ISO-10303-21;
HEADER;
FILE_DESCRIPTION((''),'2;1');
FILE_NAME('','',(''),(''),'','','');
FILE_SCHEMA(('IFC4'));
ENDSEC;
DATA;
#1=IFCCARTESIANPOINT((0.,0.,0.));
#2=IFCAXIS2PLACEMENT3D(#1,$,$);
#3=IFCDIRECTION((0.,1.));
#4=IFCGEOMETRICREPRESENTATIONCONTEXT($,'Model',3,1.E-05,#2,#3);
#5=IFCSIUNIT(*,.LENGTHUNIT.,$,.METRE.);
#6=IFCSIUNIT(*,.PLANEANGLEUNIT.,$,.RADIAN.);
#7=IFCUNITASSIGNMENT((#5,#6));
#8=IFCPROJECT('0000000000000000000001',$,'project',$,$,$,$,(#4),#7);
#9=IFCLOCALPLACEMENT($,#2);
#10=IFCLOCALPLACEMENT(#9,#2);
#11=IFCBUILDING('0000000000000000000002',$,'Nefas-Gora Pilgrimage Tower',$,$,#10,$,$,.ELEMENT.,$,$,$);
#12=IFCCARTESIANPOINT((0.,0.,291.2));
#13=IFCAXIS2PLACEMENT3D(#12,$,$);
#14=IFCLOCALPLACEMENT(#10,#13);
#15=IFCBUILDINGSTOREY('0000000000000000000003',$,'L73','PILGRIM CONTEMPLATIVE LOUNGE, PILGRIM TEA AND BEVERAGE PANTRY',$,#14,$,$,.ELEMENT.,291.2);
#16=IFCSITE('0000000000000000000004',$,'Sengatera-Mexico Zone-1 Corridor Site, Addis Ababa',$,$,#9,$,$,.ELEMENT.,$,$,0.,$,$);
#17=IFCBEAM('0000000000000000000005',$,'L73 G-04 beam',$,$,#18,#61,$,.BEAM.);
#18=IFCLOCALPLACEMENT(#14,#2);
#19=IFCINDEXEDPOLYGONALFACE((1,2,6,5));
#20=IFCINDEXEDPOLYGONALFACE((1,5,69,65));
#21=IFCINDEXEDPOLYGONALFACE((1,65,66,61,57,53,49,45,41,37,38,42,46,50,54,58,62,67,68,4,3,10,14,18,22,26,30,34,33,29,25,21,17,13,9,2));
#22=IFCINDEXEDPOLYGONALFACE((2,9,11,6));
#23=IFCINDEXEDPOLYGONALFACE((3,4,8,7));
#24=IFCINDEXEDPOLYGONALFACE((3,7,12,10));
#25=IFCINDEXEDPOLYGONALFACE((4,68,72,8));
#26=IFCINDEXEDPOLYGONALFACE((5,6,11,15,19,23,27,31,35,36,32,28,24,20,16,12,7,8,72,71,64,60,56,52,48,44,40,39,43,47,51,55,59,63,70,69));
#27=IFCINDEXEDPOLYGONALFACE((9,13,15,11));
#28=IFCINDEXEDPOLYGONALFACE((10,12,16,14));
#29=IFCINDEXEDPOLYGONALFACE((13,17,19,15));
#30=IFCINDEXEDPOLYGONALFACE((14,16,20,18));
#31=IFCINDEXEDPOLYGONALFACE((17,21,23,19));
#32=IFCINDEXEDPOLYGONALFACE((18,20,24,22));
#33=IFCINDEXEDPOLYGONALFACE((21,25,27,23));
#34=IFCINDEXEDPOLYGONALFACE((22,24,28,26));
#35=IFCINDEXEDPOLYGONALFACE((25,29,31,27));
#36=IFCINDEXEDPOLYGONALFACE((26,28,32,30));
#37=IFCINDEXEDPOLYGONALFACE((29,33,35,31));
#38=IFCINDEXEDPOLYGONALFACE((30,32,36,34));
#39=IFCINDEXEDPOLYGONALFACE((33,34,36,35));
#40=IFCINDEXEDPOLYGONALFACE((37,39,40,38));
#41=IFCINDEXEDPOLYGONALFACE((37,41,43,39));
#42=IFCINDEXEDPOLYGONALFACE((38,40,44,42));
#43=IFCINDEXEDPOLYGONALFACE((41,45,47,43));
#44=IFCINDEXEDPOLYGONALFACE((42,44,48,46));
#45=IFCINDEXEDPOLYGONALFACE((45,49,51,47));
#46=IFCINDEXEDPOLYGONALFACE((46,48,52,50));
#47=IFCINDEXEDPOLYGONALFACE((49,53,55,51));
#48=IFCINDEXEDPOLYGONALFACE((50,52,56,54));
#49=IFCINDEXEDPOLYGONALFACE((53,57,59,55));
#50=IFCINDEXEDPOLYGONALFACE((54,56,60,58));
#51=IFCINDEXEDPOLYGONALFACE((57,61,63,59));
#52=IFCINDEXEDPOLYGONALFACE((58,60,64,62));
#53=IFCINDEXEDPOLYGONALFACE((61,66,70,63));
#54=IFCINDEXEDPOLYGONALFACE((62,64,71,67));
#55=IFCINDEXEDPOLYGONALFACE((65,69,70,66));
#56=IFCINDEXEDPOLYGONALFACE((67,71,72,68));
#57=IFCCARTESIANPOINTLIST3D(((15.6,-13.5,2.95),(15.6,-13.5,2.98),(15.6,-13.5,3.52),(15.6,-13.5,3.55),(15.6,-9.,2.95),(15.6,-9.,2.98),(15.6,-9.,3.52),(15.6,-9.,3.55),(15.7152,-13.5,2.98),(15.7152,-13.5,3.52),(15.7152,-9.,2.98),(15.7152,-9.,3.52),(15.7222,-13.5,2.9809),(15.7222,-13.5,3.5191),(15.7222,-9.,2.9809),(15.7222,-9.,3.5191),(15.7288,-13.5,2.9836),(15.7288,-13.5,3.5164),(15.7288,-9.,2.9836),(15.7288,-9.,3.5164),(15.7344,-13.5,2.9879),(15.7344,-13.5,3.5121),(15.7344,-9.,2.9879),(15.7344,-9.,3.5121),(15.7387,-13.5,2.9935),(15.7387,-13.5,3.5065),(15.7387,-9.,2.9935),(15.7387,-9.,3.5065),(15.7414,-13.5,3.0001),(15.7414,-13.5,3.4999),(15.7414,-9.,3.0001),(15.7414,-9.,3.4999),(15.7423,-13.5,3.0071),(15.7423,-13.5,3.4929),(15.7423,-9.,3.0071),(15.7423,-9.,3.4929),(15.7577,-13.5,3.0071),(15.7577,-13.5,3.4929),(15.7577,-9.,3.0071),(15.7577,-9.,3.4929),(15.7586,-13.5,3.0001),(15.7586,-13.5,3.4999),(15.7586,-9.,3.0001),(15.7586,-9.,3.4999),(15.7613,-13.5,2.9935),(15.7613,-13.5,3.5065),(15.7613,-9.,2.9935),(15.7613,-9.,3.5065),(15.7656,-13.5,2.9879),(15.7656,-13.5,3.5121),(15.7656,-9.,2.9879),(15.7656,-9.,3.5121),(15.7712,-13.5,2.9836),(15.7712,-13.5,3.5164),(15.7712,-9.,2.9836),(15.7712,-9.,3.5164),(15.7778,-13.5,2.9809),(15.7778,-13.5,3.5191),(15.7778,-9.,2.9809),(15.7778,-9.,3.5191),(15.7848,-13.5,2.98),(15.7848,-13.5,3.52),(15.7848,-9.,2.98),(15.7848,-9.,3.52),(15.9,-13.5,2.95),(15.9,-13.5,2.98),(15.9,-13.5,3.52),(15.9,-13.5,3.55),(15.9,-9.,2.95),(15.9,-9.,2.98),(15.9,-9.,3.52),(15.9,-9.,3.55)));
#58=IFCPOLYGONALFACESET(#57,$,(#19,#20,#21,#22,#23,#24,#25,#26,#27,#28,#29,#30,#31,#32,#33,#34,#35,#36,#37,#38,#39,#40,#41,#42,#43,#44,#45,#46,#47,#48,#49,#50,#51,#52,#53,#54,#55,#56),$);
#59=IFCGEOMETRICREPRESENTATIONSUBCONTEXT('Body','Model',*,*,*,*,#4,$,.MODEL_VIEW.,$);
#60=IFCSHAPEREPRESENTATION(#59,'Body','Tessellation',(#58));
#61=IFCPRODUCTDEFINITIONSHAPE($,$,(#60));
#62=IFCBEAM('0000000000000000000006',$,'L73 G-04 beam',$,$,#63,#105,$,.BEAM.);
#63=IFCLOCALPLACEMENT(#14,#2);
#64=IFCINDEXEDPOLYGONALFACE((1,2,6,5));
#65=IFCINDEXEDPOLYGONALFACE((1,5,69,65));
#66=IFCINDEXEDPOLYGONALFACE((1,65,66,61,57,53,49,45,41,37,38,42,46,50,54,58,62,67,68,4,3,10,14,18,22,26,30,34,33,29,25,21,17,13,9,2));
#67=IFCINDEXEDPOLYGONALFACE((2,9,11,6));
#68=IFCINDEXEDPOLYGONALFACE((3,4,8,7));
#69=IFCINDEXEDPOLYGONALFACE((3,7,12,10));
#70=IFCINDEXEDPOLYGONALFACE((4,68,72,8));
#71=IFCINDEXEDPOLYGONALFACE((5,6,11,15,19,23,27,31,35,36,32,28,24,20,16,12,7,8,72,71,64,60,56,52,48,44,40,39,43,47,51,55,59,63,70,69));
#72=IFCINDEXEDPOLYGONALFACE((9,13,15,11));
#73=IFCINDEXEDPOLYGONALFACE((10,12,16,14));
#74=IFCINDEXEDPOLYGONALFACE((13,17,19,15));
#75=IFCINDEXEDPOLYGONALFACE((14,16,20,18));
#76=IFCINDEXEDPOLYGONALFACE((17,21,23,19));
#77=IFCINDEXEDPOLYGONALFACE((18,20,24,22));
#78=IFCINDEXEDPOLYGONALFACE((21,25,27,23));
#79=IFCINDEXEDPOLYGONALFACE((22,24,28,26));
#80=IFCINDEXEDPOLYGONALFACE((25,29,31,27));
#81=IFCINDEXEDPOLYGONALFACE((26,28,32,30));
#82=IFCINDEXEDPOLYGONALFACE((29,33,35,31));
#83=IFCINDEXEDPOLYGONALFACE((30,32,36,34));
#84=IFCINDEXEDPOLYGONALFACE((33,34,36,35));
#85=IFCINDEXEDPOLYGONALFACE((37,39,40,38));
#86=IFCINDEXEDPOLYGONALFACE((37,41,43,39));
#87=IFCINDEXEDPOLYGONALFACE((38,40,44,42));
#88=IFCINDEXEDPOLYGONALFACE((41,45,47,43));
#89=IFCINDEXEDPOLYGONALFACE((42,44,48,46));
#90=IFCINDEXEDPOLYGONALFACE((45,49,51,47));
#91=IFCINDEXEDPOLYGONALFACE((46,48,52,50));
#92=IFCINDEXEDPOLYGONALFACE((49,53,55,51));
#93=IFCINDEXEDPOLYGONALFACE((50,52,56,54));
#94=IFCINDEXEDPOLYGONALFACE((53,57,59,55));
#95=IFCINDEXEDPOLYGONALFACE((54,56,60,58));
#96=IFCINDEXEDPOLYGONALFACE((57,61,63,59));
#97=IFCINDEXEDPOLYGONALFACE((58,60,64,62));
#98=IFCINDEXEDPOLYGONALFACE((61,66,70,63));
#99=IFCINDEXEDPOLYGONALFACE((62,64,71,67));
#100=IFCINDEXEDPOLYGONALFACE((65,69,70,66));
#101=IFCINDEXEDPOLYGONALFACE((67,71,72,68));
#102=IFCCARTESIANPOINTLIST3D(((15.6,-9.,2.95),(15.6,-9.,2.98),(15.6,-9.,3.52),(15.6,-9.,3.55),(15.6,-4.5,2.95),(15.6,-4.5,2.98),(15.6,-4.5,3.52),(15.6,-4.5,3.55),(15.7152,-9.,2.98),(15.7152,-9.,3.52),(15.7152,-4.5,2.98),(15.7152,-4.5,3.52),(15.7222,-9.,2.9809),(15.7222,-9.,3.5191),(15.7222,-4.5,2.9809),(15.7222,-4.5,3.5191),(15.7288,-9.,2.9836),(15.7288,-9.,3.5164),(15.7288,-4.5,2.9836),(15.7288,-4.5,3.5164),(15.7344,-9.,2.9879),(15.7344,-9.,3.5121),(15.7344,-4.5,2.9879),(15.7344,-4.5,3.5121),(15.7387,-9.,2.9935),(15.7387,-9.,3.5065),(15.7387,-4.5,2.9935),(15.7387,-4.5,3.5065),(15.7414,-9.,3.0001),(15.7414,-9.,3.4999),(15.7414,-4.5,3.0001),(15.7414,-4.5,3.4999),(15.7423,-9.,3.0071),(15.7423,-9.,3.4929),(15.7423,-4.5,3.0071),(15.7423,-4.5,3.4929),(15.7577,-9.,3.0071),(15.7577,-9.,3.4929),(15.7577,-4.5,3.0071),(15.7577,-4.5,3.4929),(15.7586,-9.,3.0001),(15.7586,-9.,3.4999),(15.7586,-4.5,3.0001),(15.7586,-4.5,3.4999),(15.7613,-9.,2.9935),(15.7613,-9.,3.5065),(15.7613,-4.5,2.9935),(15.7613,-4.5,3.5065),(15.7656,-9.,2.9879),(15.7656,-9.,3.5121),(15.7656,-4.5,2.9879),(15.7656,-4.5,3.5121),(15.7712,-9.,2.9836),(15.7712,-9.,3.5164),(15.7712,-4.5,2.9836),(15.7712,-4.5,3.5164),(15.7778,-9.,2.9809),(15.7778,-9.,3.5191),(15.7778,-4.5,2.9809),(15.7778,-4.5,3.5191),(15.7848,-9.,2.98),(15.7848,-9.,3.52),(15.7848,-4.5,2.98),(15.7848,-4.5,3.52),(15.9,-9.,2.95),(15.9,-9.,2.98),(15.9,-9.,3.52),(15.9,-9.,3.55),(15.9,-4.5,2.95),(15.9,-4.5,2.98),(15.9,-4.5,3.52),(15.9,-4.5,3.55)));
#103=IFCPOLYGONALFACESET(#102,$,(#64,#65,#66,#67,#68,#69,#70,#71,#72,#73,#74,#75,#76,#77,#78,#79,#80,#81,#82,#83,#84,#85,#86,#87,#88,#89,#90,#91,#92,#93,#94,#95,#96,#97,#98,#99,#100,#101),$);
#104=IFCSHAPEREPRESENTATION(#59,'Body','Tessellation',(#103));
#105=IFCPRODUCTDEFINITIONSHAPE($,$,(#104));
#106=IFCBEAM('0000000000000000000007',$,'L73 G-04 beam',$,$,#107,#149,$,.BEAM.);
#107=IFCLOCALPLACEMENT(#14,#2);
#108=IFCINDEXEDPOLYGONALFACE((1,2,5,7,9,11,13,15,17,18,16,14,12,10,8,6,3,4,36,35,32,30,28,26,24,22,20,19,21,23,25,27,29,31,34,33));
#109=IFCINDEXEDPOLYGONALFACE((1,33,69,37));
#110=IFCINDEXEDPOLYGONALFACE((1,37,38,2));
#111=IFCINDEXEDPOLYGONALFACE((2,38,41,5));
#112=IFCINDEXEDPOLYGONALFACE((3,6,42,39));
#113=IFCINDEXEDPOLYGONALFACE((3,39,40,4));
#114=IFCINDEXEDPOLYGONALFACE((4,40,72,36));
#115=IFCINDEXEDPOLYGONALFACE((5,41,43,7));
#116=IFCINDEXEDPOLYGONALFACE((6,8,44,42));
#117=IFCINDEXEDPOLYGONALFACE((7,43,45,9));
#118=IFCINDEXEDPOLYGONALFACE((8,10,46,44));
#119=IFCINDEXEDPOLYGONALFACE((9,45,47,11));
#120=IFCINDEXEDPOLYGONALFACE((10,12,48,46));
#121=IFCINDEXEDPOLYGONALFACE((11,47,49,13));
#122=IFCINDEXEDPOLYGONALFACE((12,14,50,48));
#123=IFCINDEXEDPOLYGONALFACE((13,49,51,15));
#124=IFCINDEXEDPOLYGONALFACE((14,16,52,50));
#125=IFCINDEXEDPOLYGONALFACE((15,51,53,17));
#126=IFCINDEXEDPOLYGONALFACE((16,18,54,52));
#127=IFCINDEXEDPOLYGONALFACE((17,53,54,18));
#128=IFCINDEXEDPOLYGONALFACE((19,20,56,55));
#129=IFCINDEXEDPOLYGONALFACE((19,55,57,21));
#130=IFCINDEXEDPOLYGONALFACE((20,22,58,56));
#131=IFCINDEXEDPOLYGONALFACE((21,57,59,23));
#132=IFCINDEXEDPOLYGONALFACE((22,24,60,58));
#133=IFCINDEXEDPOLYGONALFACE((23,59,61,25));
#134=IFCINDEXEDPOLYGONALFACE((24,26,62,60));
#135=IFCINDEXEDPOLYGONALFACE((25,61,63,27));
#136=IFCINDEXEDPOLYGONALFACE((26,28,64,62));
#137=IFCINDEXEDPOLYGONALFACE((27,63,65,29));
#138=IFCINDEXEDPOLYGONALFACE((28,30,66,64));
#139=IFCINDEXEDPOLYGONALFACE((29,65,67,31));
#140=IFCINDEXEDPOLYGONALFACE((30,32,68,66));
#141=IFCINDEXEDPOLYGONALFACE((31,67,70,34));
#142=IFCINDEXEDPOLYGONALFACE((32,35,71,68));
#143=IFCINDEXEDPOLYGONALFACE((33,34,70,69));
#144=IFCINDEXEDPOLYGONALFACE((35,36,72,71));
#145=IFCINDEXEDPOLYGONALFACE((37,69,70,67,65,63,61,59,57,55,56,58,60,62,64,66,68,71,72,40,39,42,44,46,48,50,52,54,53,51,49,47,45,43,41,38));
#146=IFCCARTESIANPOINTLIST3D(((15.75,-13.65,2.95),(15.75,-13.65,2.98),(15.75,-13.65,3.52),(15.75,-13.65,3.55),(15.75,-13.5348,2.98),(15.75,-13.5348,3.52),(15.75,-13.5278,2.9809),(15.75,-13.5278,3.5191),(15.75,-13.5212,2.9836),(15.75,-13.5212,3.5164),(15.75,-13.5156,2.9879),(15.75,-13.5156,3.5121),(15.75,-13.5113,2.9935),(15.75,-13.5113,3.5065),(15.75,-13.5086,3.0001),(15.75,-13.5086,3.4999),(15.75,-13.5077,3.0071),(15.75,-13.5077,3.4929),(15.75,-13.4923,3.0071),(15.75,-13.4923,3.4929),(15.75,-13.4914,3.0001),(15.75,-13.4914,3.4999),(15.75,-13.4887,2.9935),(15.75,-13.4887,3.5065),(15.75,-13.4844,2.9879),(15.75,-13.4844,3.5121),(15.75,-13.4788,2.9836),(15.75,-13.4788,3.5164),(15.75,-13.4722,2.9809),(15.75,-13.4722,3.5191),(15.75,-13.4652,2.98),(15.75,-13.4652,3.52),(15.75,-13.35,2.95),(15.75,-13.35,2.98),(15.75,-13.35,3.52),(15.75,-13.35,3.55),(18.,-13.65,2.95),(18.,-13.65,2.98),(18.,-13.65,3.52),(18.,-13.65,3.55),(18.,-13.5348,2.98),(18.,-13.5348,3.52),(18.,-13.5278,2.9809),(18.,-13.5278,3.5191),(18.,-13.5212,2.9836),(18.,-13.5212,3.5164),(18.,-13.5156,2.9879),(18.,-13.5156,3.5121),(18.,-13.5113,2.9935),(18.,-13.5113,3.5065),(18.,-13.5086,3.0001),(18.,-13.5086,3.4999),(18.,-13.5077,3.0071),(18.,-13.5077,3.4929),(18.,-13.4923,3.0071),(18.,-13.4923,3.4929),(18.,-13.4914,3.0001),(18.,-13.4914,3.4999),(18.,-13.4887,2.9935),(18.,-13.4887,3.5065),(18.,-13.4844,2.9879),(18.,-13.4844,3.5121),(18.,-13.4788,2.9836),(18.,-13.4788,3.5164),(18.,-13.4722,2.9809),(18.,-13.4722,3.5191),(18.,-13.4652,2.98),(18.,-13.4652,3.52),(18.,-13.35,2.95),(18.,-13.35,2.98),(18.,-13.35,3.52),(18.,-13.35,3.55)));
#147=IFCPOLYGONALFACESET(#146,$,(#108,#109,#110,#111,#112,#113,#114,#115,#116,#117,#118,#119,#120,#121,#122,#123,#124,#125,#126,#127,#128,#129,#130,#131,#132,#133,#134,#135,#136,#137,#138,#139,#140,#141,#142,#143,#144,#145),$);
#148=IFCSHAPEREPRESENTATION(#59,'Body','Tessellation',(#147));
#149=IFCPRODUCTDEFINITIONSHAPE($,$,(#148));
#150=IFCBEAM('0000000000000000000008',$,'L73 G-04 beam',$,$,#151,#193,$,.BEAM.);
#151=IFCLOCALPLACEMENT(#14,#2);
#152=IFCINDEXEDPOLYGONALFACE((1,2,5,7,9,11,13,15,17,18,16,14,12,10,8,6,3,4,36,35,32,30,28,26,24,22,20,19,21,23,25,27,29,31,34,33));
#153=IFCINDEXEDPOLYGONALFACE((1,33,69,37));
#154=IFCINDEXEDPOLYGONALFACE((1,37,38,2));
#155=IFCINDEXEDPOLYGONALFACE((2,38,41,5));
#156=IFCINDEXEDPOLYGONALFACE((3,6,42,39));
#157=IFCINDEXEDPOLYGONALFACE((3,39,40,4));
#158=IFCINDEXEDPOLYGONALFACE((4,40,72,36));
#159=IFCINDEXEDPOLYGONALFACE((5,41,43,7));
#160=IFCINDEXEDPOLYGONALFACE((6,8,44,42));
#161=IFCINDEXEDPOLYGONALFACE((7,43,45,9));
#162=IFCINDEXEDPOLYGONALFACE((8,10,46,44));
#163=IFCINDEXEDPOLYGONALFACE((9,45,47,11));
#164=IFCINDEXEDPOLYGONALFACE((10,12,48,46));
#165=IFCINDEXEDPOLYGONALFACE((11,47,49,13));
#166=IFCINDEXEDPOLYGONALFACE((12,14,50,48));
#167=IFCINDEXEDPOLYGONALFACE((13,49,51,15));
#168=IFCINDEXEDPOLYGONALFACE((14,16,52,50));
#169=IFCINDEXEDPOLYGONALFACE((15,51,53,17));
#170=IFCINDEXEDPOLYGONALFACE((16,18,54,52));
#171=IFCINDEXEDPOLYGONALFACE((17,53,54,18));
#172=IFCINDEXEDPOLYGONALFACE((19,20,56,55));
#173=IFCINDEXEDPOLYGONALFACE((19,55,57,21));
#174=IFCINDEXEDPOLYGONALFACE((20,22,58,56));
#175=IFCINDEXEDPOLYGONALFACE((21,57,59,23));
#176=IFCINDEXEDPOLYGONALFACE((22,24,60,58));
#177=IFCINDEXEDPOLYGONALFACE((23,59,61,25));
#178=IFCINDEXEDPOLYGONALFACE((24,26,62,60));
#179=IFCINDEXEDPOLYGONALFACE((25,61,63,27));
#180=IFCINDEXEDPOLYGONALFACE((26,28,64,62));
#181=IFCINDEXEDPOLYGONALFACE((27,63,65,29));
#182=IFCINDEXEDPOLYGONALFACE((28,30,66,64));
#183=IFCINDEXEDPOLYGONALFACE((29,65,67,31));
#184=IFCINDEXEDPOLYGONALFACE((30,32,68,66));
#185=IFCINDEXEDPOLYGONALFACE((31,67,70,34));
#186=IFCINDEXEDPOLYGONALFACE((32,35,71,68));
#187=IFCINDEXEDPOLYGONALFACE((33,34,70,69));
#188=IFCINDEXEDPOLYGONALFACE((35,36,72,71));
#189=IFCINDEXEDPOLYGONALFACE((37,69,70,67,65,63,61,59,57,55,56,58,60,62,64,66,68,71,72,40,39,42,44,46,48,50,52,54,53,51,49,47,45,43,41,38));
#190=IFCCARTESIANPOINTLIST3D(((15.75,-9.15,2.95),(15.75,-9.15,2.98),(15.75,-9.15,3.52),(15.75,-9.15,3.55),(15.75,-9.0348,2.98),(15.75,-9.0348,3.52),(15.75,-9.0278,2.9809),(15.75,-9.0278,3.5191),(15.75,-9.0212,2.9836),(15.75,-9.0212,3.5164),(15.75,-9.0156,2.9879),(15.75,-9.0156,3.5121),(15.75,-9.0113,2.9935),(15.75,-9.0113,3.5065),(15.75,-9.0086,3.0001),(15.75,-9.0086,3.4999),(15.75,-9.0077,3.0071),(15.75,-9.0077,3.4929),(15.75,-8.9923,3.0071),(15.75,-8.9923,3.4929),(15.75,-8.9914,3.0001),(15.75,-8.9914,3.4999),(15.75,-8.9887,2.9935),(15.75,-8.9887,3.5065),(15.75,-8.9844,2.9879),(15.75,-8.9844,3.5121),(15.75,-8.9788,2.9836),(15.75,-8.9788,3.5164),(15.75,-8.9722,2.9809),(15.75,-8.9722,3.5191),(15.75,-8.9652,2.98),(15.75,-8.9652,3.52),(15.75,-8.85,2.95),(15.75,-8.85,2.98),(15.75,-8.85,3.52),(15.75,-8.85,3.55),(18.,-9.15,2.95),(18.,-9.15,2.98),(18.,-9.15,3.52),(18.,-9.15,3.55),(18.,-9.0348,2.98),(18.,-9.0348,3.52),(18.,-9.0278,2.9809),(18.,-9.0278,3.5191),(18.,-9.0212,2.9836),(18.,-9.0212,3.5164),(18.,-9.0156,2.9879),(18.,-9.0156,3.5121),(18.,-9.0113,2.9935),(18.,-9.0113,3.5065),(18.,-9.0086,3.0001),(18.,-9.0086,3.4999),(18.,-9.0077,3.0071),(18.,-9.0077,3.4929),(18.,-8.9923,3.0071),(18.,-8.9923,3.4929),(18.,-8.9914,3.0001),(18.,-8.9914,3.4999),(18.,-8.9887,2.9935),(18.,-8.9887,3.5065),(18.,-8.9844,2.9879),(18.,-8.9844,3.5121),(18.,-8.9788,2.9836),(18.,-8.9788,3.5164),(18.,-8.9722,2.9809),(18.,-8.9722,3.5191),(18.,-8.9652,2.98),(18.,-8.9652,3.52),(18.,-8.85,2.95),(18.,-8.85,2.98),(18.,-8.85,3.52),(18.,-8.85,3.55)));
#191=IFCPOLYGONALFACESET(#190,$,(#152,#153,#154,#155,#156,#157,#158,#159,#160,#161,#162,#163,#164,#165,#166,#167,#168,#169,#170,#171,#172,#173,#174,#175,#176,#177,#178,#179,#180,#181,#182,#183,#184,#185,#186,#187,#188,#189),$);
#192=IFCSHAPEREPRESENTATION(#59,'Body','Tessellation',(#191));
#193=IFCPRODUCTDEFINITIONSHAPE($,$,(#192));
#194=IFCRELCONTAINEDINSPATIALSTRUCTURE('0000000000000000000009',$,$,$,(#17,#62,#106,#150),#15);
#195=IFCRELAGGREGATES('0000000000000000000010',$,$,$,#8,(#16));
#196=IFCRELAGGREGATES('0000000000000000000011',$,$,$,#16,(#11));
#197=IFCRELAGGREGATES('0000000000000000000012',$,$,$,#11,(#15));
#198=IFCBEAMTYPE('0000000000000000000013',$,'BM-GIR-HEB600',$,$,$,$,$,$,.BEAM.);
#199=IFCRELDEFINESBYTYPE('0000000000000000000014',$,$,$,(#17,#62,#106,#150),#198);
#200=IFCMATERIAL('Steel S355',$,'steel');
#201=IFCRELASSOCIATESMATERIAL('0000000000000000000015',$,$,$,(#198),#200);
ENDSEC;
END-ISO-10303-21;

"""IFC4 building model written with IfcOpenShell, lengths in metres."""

from ifc_helpers import new_model, si_unit, direction, frame, origin, origin_2d, place, context, subcontext, project, spatial, i_section, extrude, source, transform, mapped, material, material_profile, profile_set, type_object, element, save


model = new_model("IFC4")

# Units and contexts
model_context = context("Model", 3, precision=1e-05, world=origin(), true_north=direction((0.0, 1.0)))
body_context = subcontext(model_context, "Body", "Model", "MODEL_VIEW")
ifc_project = project(units=[si_unit("LENGTHUNIT", "METRE"), si_unit("PLANEANGLEUNIT", "RADIAN")], contexts=[model_context])

# Site, building, storey
site_placement = place(None, origin())
site = spatial("IfcSite", under=ifc_project, at=site_placement, Name="Sengatera-Mexico Zone-1 Corridor Site, Addis Ababa", CompositionType="ELEMENT", RefElevation=0.0)
building_placement = place(site_placement, origin())
building = spatial("IfcBuilding", under=site, at=building_placement, Name="Nefas-Gora Pilgrimage Tower", CompositionType="ELEMENT")
storey_placement = place(building_placement, frame((0.0, 0.0, 291.2)))
storey = spatial("IfcBuildingStorey", under=building, at=storey_placement, Name="L73", Description="PILGRIM CONTEMPLATIVE LOUNGE, PILGRIM TEA AND BEVERAGE PANTRY", CompositionType="ELEMENT", Elevation=291.2)

# Shared definitions
ifc_material_1 = material(Name="Steel S355", Category="steel")

# Beams
ifc_material_profile_1 = material_profile(ifc_material_1, i_section(OverallWidth=0.3, OverallDepth=0.6001, WebThickness=0.0154, FlangeThickness=0.03, FilletRadius=0.0271, at=origin_2d()), Name="HEB 600")
ifc_profile_set_1 = profile_set([ifc_material_profile_1], Name="Steel S355")
beam_type_1 = type_object("IfcBeamType", Name="BM-GIR-HEB600", PredefinedType="BEAM", material=ifc_profile_set_1)
shared_shape_1 = source(origin(), body_context, "Body", "SweptSolid", [
    extrude(i_section(OverallWidth=0.3, OverallDepth=0.6001, WebThickness=0.0154, FlangeThickness=0.03, FilletRadius=0.0271, at=origin_2d()), origin(), (0.0, 0.0, 1.0), 4.5),
])
for number, where, z_axis, x_axis, name in (
    (1, (15.75, -13.5, 3.25), (0.0, 1.0, 0.0), (-1.0, 0.0, 0.0), "L73 G-04 beam"),
    (2, (15.75, -9.0, 3.25), (0.0, 1.0, 0.0), (-1.0, 0.0, 0.0), "L73 G-04 beam"),
):
    element("IfcBeam", number, at=place(storey_placement, frame(where, z_axis=z_axis, x_axis=x_axis)), inside=storey, type_object=beam_type_1, Name=name, PredefinedType="BEAM", context=body_context, shape_type="MappedRepresentation", body=[
        mapped(shared_shape_1, transform((0.0, 0.0, 0.0), x_axis=(1.0, 0.0, 0.0), y_axis=(0.0, 1.0, 0.0), z_axis=(0.0, 0.0, 1.0), scale=1.0)),
    ])
shared_shape_2 = source(origin(), body_context, "Body", "SweptSolid", [
    extrude(i_section(OverallWidth=0.3, OverallDepth=0.6001, WebThickness=0.0154, FlangeThickness=0.03, FilletRadius=0.0271, at=origin_2d()), origin(), (0.0, 0.0, 1.0), 2.25),
])
for number, where, z_axis, x_axis, name in (
    (3, (15.75, -13.5, 3.25), (1.0, 0.0, 0.0), (0.0, 1.0, 0.0), "L73 G-04 beam"),
    (4, (15.75, -9.0, 3.25), (1.0, 0.0, 0.0), (0.0, 1.0, 0.0), "L73 G-04 beam"),
):
    element("IfcBeam", number, at=place(storey_placement, frame(where, z_axis=z_axis, x_axis=x_axis)), inside=storey, type_object=beam_type_1, Name=name, PredefinedType="BEAM", context=body_context, shape_type="MappedRepresentation", body=[
        mapped(shared_shape_2, transform((0.0, 0.0, 0.0), x_axis=(1.0, 0.0, 0.0), y_axis=(0.0, 1.0, 0.0), z_axis=(0.0, 0.0, 1.0), scale=1.0)),
    ])

save(model, "model.ifc")
